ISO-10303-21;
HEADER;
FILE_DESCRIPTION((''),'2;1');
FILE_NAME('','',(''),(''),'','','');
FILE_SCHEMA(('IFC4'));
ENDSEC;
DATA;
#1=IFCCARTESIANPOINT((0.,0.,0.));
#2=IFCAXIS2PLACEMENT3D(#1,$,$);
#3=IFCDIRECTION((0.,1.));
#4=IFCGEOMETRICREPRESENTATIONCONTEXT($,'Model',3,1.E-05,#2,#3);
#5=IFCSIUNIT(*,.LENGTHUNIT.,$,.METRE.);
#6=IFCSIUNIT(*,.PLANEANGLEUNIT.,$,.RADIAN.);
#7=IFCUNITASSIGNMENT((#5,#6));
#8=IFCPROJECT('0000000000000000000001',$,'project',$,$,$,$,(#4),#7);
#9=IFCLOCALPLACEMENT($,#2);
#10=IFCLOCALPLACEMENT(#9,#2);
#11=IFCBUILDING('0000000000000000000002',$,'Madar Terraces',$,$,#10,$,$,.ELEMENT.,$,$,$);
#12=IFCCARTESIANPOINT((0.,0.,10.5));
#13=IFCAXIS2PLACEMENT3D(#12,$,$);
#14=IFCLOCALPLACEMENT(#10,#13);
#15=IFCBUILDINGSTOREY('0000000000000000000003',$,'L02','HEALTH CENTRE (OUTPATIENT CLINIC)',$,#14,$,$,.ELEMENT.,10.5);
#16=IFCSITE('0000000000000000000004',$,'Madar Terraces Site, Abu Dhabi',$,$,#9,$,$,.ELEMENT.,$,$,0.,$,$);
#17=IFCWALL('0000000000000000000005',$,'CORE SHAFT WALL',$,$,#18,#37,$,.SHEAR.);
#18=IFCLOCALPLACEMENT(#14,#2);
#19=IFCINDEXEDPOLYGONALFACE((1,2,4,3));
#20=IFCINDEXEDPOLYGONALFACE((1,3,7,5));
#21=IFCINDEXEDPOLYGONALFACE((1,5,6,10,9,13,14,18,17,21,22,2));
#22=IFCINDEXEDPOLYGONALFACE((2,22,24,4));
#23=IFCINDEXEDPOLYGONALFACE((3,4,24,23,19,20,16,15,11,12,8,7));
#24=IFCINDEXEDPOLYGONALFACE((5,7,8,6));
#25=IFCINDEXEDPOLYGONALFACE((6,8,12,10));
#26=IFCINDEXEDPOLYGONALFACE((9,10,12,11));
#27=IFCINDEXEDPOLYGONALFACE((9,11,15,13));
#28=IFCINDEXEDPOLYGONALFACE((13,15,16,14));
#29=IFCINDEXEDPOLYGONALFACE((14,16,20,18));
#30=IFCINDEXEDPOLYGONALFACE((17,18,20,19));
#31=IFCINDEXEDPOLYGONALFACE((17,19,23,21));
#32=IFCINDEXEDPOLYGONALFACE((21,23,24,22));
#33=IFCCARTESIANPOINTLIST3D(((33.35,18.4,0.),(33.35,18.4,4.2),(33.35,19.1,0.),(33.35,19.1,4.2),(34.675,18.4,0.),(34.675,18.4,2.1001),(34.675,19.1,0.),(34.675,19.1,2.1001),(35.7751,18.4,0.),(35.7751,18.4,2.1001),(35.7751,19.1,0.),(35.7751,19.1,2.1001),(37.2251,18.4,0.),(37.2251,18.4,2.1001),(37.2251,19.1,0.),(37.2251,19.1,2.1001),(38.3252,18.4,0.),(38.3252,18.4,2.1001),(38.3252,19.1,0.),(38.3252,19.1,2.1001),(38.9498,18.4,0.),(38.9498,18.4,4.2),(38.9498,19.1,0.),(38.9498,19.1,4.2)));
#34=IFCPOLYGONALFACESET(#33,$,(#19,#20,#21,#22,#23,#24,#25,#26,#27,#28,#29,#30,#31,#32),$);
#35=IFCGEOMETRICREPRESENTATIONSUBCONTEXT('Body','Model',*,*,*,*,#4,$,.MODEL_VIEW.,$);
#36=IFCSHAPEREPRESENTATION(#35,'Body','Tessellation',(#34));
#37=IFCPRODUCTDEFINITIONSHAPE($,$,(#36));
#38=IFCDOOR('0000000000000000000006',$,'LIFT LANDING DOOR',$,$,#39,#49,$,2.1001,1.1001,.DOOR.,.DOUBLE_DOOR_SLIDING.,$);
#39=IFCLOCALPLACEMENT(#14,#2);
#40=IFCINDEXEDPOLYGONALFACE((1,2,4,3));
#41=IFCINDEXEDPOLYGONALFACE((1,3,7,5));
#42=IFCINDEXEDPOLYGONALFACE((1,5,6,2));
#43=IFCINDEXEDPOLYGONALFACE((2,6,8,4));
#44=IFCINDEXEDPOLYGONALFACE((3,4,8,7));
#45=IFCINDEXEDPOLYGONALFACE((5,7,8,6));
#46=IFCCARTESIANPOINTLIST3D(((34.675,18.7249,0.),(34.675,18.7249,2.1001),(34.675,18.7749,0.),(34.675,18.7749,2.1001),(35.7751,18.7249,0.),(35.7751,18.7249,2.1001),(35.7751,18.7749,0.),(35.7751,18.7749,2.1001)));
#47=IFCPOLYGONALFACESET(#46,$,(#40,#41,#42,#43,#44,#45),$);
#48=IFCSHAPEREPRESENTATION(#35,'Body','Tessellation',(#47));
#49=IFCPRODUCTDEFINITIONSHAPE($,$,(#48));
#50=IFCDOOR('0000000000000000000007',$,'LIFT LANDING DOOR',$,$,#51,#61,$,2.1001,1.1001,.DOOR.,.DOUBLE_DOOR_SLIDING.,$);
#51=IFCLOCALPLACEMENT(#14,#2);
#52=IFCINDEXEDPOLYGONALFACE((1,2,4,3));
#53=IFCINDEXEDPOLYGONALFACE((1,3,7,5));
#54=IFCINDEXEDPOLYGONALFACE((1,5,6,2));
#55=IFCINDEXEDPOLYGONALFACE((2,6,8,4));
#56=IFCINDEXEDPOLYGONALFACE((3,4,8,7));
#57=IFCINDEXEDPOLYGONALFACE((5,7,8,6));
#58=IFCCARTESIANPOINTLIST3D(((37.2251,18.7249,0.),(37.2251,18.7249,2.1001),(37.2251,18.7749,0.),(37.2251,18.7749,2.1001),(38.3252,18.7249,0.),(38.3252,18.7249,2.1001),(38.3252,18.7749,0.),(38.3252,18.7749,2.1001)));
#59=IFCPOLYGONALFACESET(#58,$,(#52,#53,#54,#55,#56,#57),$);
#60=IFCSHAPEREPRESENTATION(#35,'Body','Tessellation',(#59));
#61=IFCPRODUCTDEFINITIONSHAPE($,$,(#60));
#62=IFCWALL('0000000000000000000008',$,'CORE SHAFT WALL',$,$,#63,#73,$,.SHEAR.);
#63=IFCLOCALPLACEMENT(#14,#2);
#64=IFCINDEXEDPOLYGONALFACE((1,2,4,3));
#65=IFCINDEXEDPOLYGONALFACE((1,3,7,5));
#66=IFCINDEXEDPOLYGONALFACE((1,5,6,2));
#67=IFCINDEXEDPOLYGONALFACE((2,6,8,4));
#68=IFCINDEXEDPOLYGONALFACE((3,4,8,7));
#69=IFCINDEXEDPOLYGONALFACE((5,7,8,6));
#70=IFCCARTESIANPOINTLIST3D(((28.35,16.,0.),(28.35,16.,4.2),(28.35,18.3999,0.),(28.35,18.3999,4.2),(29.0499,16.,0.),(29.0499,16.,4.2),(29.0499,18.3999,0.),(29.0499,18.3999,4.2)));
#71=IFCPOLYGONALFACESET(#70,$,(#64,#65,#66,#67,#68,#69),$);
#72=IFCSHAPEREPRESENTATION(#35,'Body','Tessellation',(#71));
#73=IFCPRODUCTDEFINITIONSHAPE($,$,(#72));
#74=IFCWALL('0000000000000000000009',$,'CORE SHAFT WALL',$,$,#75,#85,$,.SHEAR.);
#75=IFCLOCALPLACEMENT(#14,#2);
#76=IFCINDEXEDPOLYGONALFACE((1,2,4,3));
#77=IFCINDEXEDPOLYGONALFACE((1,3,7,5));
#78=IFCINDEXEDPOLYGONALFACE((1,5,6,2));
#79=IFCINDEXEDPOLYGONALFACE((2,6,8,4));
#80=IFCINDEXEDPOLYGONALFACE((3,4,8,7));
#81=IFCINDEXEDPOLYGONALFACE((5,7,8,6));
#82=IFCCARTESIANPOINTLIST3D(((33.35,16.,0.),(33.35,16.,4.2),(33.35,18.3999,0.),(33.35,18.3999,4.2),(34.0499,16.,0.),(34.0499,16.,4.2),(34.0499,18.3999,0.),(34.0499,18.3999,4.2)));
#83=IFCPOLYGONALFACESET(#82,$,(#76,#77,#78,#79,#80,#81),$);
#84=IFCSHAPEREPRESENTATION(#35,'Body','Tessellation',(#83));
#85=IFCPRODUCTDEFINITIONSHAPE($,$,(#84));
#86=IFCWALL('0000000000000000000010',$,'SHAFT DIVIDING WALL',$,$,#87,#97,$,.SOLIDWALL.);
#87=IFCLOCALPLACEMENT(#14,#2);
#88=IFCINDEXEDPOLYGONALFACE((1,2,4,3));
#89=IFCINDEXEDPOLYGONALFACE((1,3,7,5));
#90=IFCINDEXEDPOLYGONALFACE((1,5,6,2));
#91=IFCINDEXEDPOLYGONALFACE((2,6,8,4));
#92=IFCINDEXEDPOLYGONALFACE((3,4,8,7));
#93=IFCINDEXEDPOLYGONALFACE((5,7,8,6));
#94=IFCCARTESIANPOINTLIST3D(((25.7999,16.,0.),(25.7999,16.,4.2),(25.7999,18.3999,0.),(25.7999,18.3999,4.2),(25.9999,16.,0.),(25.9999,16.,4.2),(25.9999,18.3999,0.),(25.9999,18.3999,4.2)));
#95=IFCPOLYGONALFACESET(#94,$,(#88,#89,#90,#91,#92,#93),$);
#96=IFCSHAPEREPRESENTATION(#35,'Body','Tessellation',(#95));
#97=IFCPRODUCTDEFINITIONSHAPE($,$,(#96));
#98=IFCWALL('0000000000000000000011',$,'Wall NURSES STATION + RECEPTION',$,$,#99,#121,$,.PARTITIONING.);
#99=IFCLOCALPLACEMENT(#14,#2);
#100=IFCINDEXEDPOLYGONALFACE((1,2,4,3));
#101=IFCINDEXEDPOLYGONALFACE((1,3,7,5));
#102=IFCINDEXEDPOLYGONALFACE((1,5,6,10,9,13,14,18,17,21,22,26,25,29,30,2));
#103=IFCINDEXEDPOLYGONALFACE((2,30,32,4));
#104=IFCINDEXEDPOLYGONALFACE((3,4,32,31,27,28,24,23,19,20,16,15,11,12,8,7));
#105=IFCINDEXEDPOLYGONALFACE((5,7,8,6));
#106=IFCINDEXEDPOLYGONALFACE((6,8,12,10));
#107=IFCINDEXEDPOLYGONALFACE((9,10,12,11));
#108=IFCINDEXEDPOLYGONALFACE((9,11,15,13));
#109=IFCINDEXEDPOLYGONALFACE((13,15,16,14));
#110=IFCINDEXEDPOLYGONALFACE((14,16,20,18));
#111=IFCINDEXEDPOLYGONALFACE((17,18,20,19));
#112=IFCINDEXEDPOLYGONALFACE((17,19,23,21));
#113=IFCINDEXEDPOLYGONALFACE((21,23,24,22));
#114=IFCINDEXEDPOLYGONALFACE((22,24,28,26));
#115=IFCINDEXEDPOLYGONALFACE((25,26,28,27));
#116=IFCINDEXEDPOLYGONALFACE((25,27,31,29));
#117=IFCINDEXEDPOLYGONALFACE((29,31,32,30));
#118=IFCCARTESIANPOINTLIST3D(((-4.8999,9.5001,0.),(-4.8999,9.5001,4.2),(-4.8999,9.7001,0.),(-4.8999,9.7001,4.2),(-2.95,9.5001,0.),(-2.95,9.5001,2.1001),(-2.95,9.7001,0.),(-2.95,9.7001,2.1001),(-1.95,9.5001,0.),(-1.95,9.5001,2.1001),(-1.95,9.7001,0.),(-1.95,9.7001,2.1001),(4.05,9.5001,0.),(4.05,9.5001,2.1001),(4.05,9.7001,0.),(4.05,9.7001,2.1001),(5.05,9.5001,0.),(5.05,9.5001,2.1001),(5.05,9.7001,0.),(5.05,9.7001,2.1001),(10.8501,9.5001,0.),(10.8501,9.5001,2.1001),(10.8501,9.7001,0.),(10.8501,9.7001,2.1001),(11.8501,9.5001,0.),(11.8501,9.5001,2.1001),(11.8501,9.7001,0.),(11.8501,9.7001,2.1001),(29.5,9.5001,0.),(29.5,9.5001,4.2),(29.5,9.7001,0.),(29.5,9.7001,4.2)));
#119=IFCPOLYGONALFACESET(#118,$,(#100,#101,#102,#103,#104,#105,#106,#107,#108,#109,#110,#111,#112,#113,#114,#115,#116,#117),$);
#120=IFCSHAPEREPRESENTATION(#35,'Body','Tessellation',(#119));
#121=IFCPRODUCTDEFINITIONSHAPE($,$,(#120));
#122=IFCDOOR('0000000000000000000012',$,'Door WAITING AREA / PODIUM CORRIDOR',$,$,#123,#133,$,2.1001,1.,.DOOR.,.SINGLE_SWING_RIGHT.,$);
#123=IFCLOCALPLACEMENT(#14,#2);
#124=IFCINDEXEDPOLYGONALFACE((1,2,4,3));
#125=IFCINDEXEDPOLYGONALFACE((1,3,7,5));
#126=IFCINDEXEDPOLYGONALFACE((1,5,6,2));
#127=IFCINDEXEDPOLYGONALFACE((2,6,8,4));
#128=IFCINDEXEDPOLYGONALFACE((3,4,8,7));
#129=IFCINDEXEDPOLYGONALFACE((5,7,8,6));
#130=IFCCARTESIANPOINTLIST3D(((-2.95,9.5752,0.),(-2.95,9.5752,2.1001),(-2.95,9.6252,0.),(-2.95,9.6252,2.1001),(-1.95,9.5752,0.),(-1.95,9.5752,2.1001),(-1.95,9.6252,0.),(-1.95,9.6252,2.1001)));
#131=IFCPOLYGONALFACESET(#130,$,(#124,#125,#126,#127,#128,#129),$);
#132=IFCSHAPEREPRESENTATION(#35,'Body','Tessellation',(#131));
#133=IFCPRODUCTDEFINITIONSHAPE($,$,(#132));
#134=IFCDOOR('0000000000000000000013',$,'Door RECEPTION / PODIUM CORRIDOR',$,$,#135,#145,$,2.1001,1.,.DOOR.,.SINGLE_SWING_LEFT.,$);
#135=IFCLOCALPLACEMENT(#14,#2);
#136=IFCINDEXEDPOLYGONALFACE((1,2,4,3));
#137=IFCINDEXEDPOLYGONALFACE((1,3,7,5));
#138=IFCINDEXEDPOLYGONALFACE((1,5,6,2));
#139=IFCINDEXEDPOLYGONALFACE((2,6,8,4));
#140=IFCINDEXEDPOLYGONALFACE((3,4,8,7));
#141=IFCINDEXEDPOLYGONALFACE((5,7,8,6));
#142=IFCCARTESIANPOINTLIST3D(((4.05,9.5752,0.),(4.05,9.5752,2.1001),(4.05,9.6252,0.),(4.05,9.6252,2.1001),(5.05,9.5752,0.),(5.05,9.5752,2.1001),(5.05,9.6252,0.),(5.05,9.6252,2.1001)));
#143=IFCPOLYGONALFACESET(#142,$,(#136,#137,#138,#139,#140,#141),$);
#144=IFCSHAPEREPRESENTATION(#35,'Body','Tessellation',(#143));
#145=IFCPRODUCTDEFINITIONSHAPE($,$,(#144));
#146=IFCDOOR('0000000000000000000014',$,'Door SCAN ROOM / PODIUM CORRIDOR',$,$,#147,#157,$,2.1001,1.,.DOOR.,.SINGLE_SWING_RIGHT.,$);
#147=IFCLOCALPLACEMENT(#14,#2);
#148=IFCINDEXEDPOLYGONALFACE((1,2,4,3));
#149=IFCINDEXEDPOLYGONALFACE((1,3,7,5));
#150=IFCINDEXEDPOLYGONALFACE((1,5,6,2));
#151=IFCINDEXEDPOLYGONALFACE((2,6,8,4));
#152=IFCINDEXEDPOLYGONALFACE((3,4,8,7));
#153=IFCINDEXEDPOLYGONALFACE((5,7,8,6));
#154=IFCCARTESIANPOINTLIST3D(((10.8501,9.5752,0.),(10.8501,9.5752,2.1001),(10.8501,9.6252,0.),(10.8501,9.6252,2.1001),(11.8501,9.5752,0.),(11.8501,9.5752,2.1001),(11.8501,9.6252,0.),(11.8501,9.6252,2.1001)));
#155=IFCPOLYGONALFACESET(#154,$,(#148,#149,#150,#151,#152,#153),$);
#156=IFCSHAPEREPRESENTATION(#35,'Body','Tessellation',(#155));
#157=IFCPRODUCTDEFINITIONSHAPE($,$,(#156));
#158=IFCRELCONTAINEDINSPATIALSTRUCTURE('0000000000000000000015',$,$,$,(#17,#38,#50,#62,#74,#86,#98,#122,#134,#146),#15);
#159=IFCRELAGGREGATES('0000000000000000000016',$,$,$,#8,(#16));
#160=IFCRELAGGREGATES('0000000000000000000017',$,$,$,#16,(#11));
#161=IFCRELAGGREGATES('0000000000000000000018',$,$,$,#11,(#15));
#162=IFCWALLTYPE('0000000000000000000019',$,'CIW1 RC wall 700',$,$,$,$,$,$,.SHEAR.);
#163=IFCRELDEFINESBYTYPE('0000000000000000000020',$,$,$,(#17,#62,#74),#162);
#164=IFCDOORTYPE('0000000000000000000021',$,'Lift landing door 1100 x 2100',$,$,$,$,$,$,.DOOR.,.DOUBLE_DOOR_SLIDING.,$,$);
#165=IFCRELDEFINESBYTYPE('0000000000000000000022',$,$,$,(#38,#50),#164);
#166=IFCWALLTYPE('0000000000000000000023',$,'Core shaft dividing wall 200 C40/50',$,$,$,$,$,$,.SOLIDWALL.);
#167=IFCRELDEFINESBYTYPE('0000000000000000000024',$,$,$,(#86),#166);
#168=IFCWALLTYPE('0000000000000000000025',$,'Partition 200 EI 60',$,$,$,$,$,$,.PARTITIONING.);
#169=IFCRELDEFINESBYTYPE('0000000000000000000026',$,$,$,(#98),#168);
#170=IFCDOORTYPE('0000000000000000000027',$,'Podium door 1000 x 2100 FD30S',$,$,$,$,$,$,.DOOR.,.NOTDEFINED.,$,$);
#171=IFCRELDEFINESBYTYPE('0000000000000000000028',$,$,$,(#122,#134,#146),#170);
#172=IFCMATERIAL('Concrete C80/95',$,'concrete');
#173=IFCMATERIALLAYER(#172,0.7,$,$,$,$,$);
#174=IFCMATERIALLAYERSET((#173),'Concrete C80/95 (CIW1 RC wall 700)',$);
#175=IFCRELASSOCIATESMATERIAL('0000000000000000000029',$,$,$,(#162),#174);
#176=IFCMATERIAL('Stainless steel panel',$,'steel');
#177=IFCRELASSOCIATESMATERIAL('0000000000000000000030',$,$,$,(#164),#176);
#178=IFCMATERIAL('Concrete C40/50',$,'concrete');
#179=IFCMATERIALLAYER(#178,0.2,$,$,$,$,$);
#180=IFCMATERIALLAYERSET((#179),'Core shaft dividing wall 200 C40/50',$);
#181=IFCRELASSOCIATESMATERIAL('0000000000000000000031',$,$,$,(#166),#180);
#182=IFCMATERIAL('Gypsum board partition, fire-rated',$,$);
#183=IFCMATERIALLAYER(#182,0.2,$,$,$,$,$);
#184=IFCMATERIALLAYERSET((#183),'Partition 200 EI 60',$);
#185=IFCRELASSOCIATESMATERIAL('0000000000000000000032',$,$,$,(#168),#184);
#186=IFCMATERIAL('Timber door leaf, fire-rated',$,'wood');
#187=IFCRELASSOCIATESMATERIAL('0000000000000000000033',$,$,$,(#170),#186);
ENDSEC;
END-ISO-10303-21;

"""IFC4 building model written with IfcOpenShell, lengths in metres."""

from ifc_helpers import new_model, si_unit, direction, frame, frame_2d, origin, place, context, subcontext, project, spatial, rectangle, extrude, material, layer, layer_set, type_object, element, fill, save


model = new_model("IFC4")

# Units and contexts
model_context = context("Model", 3, precision=1e-05, world=origin(), true_north=direction((0.0, 1.0)))
body_context = subcontext(model_context, "Body", "Model", "MODEL_VIEW")
ifc_project = project(units=[si_unit("LENGTHUNIT", "METRE"), si_unit("PLANEANGLEUNIT", "RADIAN")], contexts=[model_context])

# Site, building, storey
site_placement = place(None, origin())
site = spatial("IfcSite", under=ifc_project, at=site_placement, Name="Madar Terraces Site, Abu Dhabi", CompositionType="ELEMENT", RefElevation=0.0)
building_placement = place(site_placement, origin())
building = spatial("IfcBuilding", under=site, at=building_placement, Name="Madar Terraces", CompositionType="ELEMENT")
storey_placement = place(building_placement, frame((0.0, 0.0, 10.5)))
storey = spatial("IfcBuildingStorey", under=building, at=storey_placement, Name="L02", Description="HEALTH CENTRE (OUTPATIENT CLINIC)", CompositionType="ELEMENT", Elevation=10.5)

# Shared definitions
ifc_material_1 = material(Name="Concrete C80/95", Category="concrete")
ifc_layer_1 = layer(ifc_material_1, 0.7)
ifc_layer_set_1 = layer_set([ifc_layer_1], Name="Concrete C80/95 (CIW1 RC wall 700)")
wall_type_1 = type_object("IfcWallType", Name="CIW1 RC wall 700", PredefinedType="SHEAR", material=ifc_layer_set_1)
ifc_material_2 = material(Name="Stainless steel panel", Category="steel")
door_type_1 = type_object("IfcDoorType", Name="Lift landing door 1100 x 2100", OperationType="DOUBLE_DOOR_SLIDING", PredefinedType="DOOR", material=ifc_material_2)

# Wall, openings, doors
wall_1_placement = place(storey_placement, frame((33.3501, 18.75, 0.0), z_axis=(0.0, 0.0, 1.0), x_axis=(1.0, 0.0, 0.0)))
wall_1 = element("IfcWall", 1, at=wall_1_placement, inside=storey, type_object=wall_type_1, Name="CORE SHAFT WALL", PredefinedType="SHEAR", context=body_context, shape_type="SweptSolid", body=[
    extrude(rectangle(XDim=5.5999, YDim=0.7, at=frame_2d((2.7998, 0.0))), origin(), (0.0, 0.0, 1.0), 4.2),
])
opening_1_placement = place(wall_1_placement, frame((1.325, 0.0, 0.0)))
opening_1 = element("IfcOpeningElement", 2, at=opening_1_placement, cuts=wall_1, PredefinedType="OPENING", context=body_context, shape_type="SweptSolid", body=[
    extrude(rectangle(XDim=1.1001, YDim=2.1001, at=frame_2d((0.55, 1.05))), frame((0.0, 0.3599, 0.0), z_axis=(0.0, -1.0, 0.0), x_axis=(1.0, 0.0, 0.0)), (0.0, 0.0, 1.0), 0.72),
])
opening_2_placement = place(wall_1_placement, frame((3.875, 0.0, 0.0)))
opening_2 = element("IfcOpeningElement", 3, at=opening_2_placement, cuts=wall_1, PredefinedType="OPENING", context=body_context, shape_type="SweptSolid", body=[
    extrude(rectangle(XDim=1.1001, YDim=2.1001, at=frame_2d((0.55, 1.05))), frame((0.0, 0.3599, 0.0), z_axis=(0.0, -1.0, 0.0), x_axis=(1.0, 0.0, 0.0)), (0.0, 0.0, 1.0), 0.72),
])
door_1_placement = place(opening_1_placement, origin())
door_1 = element("IfcDoor", 4, at=door_1_placement, inside=storey, type_object=door_type_1, Name="LIFT LANDING DOOR", OperationType="DOUBLE_DOOR_SLIDING", OverallHeight=2.1001, OverallWidth=1.1001, PredefinedType="DOOR", context=body_context, shape_type="SweptSolid", body=[
    extrude(rectangle(XDim=1.1001, YDim=2.1001, at=frame_2d((0.55, 1.05))), frame((0.0, 0.0249, 0.0), z_axis=(0.0, -1.0, 0.0), x_axis=(1.0, 0.0, 0.0)), (0.0, 0.0, 1.0), 0.05),
])
fill(opening_1, door_1)
door_2_placement = place(opening_2_placement, origin())
door_2 = element("IfcDoor", 5, at=door_2_placement, inside=storey, type_object=door_type_1, Name="LIFT LANDING DOOR", OperationType="DOUBLE_DOOR_SLIDING", OverallHeight=2.1001, OverallWidth=1.1001, PredefinedType="DOOR", context=body_context, shape_type="SweptSolid", body=[
    extrude(rectangle(XDim=1.1001, YDim=2.1001, at=frame_2d((0.55, 1.05))), frame((0.0, 0.0249, 0.0), z_axis=(0.0, -1.0, 0.0), x_axis=(1.0, 0.0, 0.0)), (0.0, 0.0, 1.0), 0.05),
])
fill(opening_2, door_2)

# Walls
for number, where, z_axis, x_axis, name in (
    (6, (28.7, 16.0, 0.0), (0.0, 0.0, 1.0), (0.0, 1.0, 0.0), "CORE SHAFT WALL"),
    (7, (33.7, 16.0, 0.0), (0.0, 0.0, 1.0), (0.0, 1.0, 0.0), "CORE SHAFT WALL"),
):
    element("IfcWall", number, at=place(storey_placement, frame(where, z_axis=z_axis, x_axis=x_axis)), inside=storey, type_object=wall_type_1, Name=name, PredefinedType="SHEAR", context=body_context, shape_type="SweptSolid", body=[
        extrude(rectangle(XDim=2.3999, YDim=0.7, at=frame_2d((1.2, 0.0))), origin(), (0.0, 0.0, 1.0), 4.2),
    ])
ifc_material_3 = material(Name="Concrete C40/50", Category="concrete")
ifc_layer_2 = layer(ifc_material_3, 0.2)
ifc_layer_set_2 = layer_set([ifc_layer_2], Name="Core shaft dividing wall 200 C40/50")
wall_type_2 = type_object("IfcWallType", Name="Core shaft dividing wall 200 C40/50", PredefinedType="SOLIDWALL", material=ifc_layer_set_2)
wall_2_placement = place(storey_placement, frame((25.8999, 16.0, 0.0), z_axis=(0.0, 0.0, 1.0), x_axis=(0.0, 1.0, 0.0)))
element("IfcWall", 8, at=wall_2_placement, inside=storey, type_object=wall_type_2, Name="SHAFT DIVIDING WALL", PredefinedType="SOLIDWALL", context=body_context, shape_type="SweptSolid", body=[
    extrude(rectangle(XDim=2.3999, YDim=0.2, at=frame_2d((1.2, 0.0))), origin(), (0.0, 0.0, 1.0), 4.2),
])

# Wall, openings, doors
ifc_material_4 = material(Name="Gypsum board partition, fire-rated")
ifc_layer_3 = layer(ifc_material_4, 0.2)
ifc_layer_set_3 = layer_set([ifc_layer_3], Name="Partition 200 EI 60")
wall_type_3 = type_object("IfcWallType", Name="Partition 200 EI 60", PredefinedType="PARTITIONING", material=ifc_layer_set_3)
wall_3_placement = place(storey_placement, frame((29.5, 9.6001, 0.0), z_axis=(0.0, 0.0, 1.0), x_axis=(-1.0, 0.0, 0.0)))
wall_3 = element("IfcWall", 9, at=wall_3_placement, inside=storey, type_object=wall_type_3, Name="Wall NURSES STATION + RECEPTION", PredefinedType="PARTITIONING", context=body_context, shape_type="SweptSolid", body=[
    extrude(rectangle(XDim=34.3999, YDim=0.2, at=frame_2d((17.2, 0.0))), origin(), (0.0, 0.0, 1.0), 4.2),
])
opening_3_placement = place(wall_3_placement, frame((31.45, 0.0, 0.0)))
opening_3 = element("IfcOpeningElement", 10, at=opening_3_placement, cuts=wall_3, PredefinedType="OPENING", context=body_context, shape_type="SweptSolid", body=[
    extrude(rectangle(XDim=1.0, YDim=2.1001, at=frame_2d((0.5, 1.05))), frame((0.0, 0.1099, 0.0), z_axis=(0.0, -1.0, 0.0), x_axis=(1.0, 0.0, 0.0)), (0.0, 0.0, 1.0), 0.22),
])
opening_4_placement = place(wall_3_placement, frame((24.45, 0.0, 0.0)))
opening_4 = element("IfcOpeningElement", 11, at=opening_4_placement, cuts=wall_3, PredefinedType="OPENING", context=body_context, shape_type="SweptSolid", body=[
    extrude(rectangle(XDim=1.0, YDim=2.1001, at=frame_2d((0.5, 1.05))), frame((0.0, 0.1099, 0.0), z_axis=(0.0, -1.0, 0.0), x_axis=(1.0, 0.0, 0.0)), (0.0, 0.0, 1.0), 0.22),
])
opening_5_placement = place(wall_3_placement, frame((17.6499, 0.0, 0.0)))
opening_5 = element("IfcOpeningElement", 12, at=opening_5_placement, cuts=wall_3, PredefinedType="OPENING", context=body_context, shape_type="SweptSolid", body=[
    extrude(rectangle(XDim=1.0, YDim=2.1001, at=frame_2d((0.5, 1.05))), frame((0.0, 0.1099, 0.0), z_axis=(0.0, -1.0, 0.0), x_axis=(1.0, 0.0, 0.0)), (0.0, 0.0, 1.0), 0.22),
])
ifc_material_5 = material(Name="Timber door leaf, fire-rated", Category="wood")
door_type_2 = type_object("IfcDoorType", Name="Podium door 1000 x 2100 FD30S", OperationType="NOTDEFINED", PredefinedType="DOOR", material=ifc_material_5)
door_3_placement = place(opening_3_placement, origin())
door_3 = element("IfcDoor", 13, at=door_3_placement, inside=storey, type_object=door_type_2, Name="Door WAITING AREA / PODIUM CORRIDOR", OperationType="SINGLE_SWING_RIGHT", OverallHeight=2.1001, OverallWidth=1.0, PredefinedType="DOOR", context=body_context, shape_type="SweptSolid", body=[
    extrude(rectangle(XDim=1.0, YDim=2.1001, at=frame_2d((0.5, 1.05))), frame((0.0, 0.0249, 0.0), z_axis=(0.0, -1.0, 0.0), x_axis=(1.0, 0.0, 0.0)), (0.0, 0.0, 1.0), 0.05),
])
fill(opening_3, door_3)
door_4_placement = place(opening_4_placement, origin())
door_4 = element("IfcDoor", 14, at=door_4_placement, inside=storey, type_object=door_type_2, Name="Door RECEPTION / PODIUM CORRIDOR", OperationType="SINGLE_SWING_LEFT", OverallHeight=2.1001, OverallWidth=1.0, PredefinedType="DOOR", context=body_context, shape_type="SweptSolid", body=[
    extrude(rectangle(XDim=1.0, YDim=2.1001, at=frame_2d((0.5, 1.05))), frame((0.0, 0.0249, 0.0), z_axis=(0.0, -1.0, 0.0), x_axis=(1.0, 0.0, 0.0)), (0.0, 0.0, 1.0), 0.05),
])
fill(opening_4, door_4)
door_5_placement = place(opening_5_placement, origin())
door_5 = element("IfcDoor", 15, at=door_5_placement, inside=storey, type_object=door_type_2, Name="Door SCAN ROOM / PODIUM CORRIDOR", OperationType="SINGLE_SWING_RIGHT", OverallHeight=2.1001, OverallWidth=1.0, PredefinedType="DOOR", context=body_context, shape_type="SweptSolid", body=[
    extrude(rectangle(XDim=1.0, YDim=2.1001, at=frame_2d((0.5, 1.05))), frame((0.0, 0.0249, 0.0), z_axis=(0.0, -1.0, 0.0), x_axis=(1.0, 0.0, 0.0)), (0.0, 0.0, 1.0), 0.05),
])
fill(opening_5, door_5)

save(model, "model.ifc")
